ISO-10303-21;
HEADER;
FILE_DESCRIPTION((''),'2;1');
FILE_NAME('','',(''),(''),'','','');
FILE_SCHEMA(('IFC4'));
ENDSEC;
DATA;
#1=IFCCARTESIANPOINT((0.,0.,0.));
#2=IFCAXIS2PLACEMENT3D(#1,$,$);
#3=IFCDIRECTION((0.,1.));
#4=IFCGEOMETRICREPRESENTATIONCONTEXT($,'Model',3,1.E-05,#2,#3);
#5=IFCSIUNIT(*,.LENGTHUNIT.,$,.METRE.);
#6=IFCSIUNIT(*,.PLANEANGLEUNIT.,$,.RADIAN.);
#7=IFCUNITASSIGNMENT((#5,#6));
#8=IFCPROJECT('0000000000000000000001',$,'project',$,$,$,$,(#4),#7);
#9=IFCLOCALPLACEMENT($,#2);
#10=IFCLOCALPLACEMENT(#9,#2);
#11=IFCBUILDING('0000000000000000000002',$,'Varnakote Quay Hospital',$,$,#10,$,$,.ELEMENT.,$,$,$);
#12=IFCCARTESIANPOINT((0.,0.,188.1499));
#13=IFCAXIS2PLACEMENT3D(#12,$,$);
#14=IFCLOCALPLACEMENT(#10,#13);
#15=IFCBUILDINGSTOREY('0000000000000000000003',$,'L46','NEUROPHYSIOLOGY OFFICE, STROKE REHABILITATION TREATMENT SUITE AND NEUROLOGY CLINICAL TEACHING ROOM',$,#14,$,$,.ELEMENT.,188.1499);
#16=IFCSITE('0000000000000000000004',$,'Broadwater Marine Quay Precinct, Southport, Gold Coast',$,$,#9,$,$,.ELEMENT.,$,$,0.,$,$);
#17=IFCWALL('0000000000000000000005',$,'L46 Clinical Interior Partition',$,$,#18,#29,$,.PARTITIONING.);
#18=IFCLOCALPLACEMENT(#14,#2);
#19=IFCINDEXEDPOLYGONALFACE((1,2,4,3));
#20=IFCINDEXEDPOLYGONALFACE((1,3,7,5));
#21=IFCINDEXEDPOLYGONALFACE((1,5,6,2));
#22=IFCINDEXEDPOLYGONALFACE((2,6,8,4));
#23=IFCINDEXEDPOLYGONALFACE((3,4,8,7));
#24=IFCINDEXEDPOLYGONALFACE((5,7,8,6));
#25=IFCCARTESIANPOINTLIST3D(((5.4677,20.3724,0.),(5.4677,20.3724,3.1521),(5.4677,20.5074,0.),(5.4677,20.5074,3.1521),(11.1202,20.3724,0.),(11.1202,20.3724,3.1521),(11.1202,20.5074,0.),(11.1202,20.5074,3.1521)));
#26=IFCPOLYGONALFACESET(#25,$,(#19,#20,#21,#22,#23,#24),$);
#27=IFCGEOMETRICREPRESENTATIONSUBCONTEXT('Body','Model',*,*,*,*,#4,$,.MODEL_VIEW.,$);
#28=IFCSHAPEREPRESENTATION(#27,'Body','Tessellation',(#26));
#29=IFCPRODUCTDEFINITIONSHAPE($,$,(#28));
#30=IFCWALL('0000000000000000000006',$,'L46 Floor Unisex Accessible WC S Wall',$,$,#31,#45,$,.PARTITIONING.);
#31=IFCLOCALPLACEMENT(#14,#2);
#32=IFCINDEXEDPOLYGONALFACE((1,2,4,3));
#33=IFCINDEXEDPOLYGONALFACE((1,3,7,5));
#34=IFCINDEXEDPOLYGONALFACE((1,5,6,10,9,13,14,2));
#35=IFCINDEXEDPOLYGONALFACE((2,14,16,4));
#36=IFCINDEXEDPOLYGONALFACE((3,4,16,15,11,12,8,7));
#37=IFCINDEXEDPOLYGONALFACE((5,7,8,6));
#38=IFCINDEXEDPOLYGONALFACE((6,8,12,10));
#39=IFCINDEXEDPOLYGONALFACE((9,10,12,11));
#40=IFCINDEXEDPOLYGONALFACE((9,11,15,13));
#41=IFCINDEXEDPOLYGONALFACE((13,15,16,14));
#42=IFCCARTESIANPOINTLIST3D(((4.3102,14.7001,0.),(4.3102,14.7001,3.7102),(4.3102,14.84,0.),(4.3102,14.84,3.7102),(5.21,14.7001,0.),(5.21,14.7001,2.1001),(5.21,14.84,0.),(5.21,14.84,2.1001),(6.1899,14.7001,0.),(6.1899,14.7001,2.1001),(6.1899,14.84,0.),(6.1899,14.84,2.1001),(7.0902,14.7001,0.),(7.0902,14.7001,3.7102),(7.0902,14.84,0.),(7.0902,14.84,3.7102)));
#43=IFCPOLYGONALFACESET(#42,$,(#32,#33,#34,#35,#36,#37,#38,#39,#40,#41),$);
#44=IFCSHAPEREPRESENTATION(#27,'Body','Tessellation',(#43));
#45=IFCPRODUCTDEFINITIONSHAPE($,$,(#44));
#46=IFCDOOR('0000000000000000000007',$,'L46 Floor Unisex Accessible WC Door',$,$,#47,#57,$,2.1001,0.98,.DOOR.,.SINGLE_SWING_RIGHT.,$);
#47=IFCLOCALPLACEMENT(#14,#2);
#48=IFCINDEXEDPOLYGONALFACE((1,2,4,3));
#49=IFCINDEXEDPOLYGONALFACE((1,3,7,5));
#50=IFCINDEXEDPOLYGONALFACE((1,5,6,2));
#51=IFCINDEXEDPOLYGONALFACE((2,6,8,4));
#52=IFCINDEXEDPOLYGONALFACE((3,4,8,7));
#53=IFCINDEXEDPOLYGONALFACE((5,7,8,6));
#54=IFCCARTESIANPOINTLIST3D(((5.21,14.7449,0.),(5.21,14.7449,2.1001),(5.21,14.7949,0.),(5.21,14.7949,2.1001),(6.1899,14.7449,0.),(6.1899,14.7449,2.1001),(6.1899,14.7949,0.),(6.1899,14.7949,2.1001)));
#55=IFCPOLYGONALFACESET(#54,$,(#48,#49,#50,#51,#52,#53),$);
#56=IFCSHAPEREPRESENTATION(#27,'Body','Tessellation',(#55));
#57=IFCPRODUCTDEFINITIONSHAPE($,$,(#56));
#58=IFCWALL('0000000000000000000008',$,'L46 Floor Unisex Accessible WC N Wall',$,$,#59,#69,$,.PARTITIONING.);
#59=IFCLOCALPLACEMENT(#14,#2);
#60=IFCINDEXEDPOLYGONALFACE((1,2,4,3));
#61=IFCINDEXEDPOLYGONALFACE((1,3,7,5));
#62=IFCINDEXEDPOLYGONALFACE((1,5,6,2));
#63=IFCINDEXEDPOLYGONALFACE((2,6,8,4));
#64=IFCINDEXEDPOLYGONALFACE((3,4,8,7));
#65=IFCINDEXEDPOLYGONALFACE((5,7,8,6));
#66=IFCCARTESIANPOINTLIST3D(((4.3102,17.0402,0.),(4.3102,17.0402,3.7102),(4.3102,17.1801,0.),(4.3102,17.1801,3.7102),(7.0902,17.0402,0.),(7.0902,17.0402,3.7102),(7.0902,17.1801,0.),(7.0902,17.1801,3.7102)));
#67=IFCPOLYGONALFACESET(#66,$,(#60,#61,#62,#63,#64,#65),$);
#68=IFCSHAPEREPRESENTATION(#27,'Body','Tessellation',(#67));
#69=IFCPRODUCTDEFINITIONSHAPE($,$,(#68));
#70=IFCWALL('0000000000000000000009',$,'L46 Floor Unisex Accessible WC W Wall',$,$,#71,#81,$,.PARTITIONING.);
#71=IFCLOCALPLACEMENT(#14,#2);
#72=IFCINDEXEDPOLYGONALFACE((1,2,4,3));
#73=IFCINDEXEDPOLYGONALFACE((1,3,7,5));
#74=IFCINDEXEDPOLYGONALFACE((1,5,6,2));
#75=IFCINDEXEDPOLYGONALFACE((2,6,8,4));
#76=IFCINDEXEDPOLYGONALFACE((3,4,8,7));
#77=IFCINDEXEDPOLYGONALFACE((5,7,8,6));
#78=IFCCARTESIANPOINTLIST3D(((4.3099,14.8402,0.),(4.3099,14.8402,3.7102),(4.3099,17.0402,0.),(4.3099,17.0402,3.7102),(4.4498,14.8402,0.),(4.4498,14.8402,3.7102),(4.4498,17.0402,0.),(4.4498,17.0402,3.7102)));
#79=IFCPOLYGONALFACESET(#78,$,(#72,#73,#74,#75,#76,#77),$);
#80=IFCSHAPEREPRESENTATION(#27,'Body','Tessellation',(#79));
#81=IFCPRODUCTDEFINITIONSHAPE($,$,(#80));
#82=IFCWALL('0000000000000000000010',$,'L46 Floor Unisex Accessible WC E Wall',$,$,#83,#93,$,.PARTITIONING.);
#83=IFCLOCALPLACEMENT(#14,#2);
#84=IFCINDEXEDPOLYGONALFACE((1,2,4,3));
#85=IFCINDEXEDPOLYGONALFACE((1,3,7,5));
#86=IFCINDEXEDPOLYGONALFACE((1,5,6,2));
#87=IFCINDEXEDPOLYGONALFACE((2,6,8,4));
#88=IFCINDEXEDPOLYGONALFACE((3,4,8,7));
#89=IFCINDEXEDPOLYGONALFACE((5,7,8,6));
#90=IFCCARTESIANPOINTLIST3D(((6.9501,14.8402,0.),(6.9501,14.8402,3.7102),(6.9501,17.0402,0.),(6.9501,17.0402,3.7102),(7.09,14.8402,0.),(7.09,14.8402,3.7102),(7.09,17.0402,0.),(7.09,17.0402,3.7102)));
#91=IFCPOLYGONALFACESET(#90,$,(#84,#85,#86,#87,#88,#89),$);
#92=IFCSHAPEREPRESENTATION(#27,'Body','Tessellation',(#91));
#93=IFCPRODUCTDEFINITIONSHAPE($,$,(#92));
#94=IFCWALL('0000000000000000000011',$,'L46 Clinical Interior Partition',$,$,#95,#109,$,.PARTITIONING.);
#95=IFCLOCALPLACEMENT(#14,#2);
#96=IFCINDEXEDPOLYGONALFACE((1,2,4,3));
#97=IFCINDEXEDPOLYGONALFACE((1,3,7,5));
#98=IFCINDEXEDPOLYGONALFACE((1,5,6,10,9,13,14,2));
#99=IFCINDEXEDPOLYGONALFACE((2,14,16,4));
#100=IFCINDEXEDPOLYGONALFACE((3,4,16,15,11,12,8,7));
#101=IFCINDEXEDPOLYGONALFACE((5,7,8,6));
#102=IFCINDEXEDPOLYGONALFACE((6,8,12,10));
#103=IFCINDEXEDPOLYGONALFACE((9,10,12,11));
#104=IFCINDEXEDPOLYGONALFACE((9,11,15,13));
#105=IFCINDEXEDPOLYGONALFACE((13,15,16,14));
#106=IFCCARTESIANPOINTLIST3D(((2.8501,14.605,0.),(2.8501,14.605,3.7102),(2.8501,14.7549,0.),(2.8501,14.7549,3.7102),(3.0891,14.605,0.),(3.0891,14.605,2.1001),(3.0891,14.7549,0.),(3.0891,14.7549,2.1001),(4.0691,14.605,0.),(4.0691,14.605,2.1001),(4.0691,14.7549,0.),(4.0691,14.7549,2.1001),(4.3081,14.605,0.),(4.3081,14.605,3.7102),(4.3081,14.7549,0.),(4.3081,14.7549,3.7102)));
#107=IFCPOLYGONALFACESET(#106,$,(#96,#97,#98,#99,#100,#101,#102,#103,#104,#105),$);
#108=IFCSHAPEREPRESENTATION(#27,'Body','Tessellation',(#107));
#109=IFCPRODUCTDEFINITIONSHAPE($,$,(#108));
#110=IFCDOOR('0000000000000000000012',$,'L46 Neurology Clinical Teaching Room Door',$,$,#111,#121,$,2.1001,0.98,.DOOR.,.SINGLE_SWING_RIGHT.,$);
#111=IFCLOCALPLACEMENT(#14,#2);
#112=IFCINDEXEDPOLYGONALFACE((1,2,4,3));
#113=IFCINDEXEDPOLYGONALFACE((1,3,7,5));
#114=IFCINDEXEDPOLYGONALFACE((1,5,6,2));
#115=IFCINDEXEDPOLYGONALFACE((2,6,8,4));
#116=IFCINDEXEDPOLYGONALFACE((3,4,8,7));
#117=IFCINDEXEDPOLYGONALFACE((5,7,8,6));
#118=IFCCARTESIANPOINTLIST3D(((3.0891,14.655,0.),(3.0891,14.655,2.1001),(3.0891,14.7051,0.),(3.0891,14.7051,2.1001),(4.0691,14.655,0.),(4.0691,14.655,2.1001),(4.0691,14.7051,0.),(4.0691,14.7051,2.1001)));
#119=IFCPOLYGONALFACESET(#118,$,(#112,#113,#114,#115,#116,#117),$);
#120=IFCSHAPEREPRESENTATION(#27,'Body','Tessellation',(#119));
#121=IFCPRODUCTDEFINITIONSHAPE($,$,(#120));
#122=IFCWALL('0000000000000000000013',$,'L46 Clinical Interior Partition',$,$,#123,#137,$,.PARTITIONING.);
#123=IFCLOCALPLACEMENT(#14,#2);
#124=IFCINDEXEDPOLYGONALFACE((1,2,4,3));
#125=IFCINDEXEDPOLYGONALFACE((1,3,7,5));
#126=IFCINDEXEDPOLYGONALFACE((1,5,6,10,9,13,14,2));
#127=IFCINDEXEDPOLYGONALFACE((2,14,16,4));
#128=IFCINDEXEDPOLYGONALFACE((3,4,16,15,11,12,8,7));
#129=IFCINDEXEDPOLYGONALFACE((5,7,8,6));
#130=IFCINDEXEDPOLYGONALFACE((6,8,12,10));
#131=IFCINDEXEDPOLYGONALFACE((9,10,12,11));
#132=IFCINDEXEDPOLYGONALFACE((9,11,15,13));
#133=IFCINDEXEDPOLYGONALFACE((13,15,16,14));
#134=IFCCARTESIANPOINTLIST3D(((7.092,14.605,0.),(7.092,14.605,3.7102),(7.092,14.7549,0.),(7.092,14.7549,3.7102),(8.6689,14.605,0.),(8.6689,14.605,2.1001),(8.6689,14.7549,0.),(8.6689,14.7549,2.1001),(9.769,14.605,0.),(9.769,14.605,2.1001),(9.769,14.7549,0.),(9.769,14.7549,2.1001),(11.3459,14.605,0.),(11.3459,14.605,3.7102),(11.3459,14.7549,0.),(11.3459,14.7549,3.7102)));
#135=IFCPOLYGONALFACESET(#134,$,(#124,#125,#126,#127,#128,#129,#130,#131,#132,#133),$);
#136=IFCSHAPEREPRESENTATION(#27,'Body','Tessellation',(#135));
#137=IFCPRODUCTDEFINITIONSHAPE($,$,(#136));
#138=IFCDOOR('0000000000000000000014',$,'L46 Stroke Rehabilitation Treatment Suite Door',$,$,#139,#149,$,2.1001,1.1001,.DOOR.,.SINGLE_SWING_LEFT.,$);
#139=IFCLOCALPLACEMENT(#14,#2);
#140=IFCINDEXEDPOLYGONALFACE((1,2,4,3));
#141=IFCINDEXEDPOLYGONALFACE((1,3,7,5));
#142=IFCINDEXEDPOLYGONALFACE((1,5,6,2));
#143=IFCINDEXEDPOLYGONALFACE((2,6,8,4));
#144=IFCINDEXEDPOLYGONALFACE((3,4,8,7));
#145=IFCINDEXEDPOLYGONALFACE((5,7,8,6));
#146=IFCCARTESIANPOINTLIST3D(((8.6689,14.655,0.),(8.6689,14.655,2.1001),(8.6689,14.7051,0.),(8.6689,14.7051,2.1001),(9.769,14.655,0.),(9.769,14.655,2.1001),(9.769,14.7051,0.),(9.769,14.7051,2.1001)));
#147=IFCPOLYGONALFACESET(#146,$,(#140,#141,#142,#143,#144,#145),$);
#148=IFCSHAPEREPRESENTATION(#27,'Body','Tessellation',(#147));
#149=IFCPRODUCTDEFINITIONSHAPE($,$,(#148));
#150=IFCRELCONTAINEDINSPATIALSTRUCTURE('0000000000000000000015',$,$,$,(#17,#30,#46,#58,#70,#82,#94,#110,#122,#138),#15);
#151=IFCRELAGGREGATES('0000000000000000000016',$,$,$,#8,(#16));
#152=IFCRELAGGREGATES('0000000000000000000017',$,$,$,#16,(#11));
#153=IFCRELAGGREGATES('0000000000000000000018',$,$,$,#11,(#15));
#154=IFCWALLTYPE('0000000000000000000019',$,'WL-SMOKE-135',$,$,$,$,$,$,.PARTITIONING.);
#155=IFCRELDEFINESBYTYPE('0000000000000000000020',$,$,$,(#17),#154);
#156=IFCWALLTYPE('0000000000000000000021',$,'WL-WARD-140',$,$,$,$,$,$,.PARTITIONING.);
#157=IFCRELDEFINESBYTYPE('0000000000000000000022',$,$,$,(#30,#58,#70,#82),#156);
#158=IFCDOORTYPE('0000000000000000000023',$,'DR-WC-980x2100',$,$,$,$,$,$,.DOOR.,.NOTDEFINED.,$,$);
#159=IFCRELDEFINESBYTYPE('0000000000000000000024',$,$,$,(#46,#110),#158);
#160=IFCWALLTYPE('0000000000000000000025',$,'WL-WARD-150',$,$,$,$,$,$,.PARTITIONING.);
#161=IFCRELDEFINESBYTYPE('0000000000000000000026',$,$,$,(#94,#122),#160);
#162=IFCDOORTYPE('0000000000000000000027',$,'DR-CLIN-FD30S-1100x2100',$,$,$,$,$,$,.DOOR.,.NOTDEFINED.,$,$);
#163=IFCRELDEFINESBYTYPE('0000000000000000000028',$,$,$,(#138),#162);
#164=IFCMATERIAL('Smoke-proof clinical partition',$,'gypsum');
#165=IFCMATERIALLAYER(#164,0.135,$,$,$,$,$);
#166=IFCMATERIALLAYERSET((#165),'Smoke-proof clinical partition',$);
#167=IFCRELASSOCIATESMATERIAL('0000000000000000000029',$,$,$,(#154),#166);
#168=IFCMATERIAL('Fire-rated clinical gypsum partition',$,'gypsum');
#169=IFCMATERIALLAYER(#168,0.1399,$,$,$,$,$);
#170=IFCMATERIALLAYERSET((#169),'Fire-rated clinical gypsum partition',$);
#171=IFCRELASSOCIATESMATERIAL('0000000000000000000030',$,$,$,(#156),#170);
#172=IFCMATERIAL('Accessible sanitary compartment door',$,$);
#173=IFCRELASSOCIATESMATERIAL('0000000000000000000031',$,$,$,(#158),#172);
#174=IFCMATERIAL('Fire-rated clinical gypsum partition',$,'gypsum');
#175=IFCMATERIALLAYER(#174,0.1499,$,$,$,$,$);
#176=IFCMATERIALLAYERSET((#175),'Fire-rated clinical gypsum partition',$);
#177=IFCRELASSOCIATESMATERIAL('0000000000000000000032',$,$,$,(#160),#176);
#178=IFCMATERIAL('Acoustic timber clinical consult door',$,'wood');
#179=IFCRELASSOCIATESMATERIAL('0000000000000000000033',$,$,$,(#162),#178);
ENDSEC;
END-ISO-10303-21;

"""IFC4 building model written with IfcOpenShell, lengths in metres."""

from ifc_helpers import new_model, si_unit, direction, frame, frame_2d, origin, place, context, subcontext, project, spatial, rectangle, extrude, material, layer, layer_set, type_object, element, fill, save


model = new_model("IFC4")

# Units and contexts
model_context = context("Model", 3, precision=1e-05, world=origin(), true_north=direction((0.0, 1.0)))
body_context = subcontext(model_context, "Body", "Model", "MODEL_VIEW")
ifc_project = project(units=[si_unit("LENGTHUNIT", "METRE"), si_unit("PLANEANGLEUNIT", "RADIAN")], contexts=[model_context])

# Site, building, storey
site_placement = place(None, origin())
site = spatial("IfcSite", under=ifc_project, at=site_placement, Name="Broadwater Marine Quay Precinct, Southport, Gold Coast", CompositionType="ELEMENT", RefElevation=0.0)
building_placement = place(site_placement, origin())
building = spatial("IfcBuilding", under=site, at=building_placement, Name="Varnakote Quay Hospital", CompositionType="ELEMENT")
storey_placement = place(building_placement, frame((0.0, 0.0, 188.1499)))
storey = spatial("IfcBuildingStorey", under=building, at=storey_placement, Name="L46", Description="NEUROPHYSIOLOGY OFFICE, STROKE REHABILITATION TREATMENT SUITE AND NEUROLOGY CLINICAL TEACHING ROOM", CompositionType="ELEMENT", Elevation=188.1499)

# Wall
ifc_material_1 = material(Name="Smoke-proof clinical partition", Category="gypsum")
ifc_layer_1 = layer(ifc_material_1, 0.135)
ifc_layer_set_1 = layer_set([ifc_layer_1], Name="Smoke-proof clinical partition")
wall_type_1 = type_object("IfcWallType", Name="WL-SMOKE-135", PredefinedType="PARTITIONING", material=ifc_layer_set_1)
wall_1_placement = place(storey_placement, frame((11.1201, 20.4399, 0.0), z_axis=(0.0, 0.0, 1.0), x_axis=(-1.0, 0.0, 0.0)))
element("IfcWall", 1, at=wall_1_placement, inside=storey, type_object=wall_type_1, Name="L46 Clinical Interior Partition", PredefinedType="PARTITIONING", context=body_context, shape_type="SweptSolid", body=[
    extrude(rectangle(XDim=5.6526, YDim=0.135, at=frame_2d((2.8262, 0.0))), origin(), (0.0, 0.0, 1.0), 3.1521),
])

# Wall, opening, door
ifc_material_2 = material(Name="Fire-rated clinical gypsum partition", Category="gypsum")
ifc_layer_2 = layer(ifc_material_2, 0.1399)
ifc_layer_set_2 = layer_set([ifc_layer_2], Name="Fire-rated clinical gypsum partition")
wall_type_2 = type_object("IfcWallType", Name="WL-WARD-140", PredefinedType="PARTITIONING", material=ifc_layer_set_2)
wall_2_placement = place(storey_placement, frame((4.3101, 14.77, 0.0), z_axis=(0.0, 0.0, 1.0), x_axis=(1.0, 0.0, 0.0)))
wall_2 = element("IfcWall", 2, at=wall_2_placement, inside=storey, type_object=wall_type_2, Name="L46 Floor Unisex Accessible WC S Wall", PredefinedType="PARTITIONING", context=body_context, shape_type="SweptSolid", body=[
    extrude(rectangle(XDim=2.78, YDim=0.1399, at=frame_2d((1.3901, 0.0))), origin(), (0.0, 0.0, 1.0), 3.7102),
])
opening_1_placement = place(wall_2_placement, frame((0.8999, 0.0, 0.0)))
opening_1 = element("IfcOpeningElement", 3, at=opening_1_placement, cuts=wall_2, PredefinedType="OPENING", context=body_context, shape_type="SweptSolid", body=[
    extrude(rectangle(XDim=0.98, YDim=2.1001, at=frame_2d((0.49, 1.05))), frame((0.0, 0.0798, 0.0), z_axis=(0.0, -1.0, 0.0), x_axis=(1.0, 0.0, 0.0)), (0.0, 0.0, 1.0), 0.1599),
])
ifc_material_3 = material(Name="Accessible sanitary compartment door")
door_type_1 = type_object("IfcDoorType", Name="DR-WC-980x2100", OperationType="NOTDEFINED", PredefinedType="DOOR", material=ifc_material_3)
door_1_placement = place(opening_1_placement, origin())
door_1 = element("IfcDoor", 4, at=door_1_placement, inside=storey, type_object=door_type_1, Name="L46 Floor Unisex Accessible WC Door", OperationType="SINGLE_SWING_RIGHT", OverallHeight=2.1001, OverallWidth=0.98, PredefinedType="DOOR", context=body_context, shape_type="SweptSolid", body=[
    extrude(rectangle(XDim=0.98, YDim=2.1001, at=frame_2d((0.49, 1.05))), frame((0.0, 0.0249, 0.0), z_axis=(0.0, -1.0, 0.0), x_axis=(1.0, 0.0, 0.0)), (0.0, 0.0, 1.0), 0.05),
])
fill(opening_1, door_1)

# Walls
wall_3_placement = place(storey_placement, frame((4.3101, 17.1101, 0.0), z_axis=(0.0, 0.0, 1.0), x_axis=(1.0, 0.0, 0.0)))
element("IfcWall", 5, at=wall_3_placement, inside=storey, type_object=wall_type_2, Name="L46 Floor Unisex Accessible WC N Wall", PredefinedType="PARTITIONING", context=body_context, shape_type="SweptSolid", body=[
    extrude(rectangle(XDim=2.78, YDim=0.1399, at=frame_2d((1.3901, 0.0))), origin(), (0.0, 0.0, 1.0), 3.7102),
])
for number, where, z_axis, x_axis, name in (
    (6, (4.3799, 14.8401, 0.0), (0.0, 0.0, 1.0), (0.0, 1.0, 0.0), "L46 Floor Unisex Accessible WC W Wall"),
    (7, (7.02, 14.8401, 0.0), (0.0, 0.0, 1.0), (0.0, 1.0, 0.0), "L46 Floor Unisex Accessible WC E Wall"),
):
    element("IfcWall", number, at=place(storey_placement, frame(where, z_axis=z_axis, x_axis=x_axis)), inside=storey, type_object=wall_type_2, Name=name, PredefinedType="PARTITIONING", context=body_context, shape_type="SweptSolid", body=[
        extrude(rectangle(XDim=2.2, YDim=0.1399, at=frame_2d((1.1001, 0.0))), origin(), (0.0, 0.0, 1.0), 3.7102),
    ])

# Walls, openings, doors
ifc_material_4 = material(Name="Fire-rated clinical gypsum partition", Category="gypsum")
ifc_layer_3 = layer(ifc_material_4, 0.1499)
ifc_layer_set_3 = layer_set([ifc_layer_3], Name="Fire-rated clinical gypsum partition")
wall_type_3 = type_object("IfcWallType", Name="WL-WARD-150", PredefinedType="PARTITIONING", material=ifc_layer_set_3)
wall_4_placement = place(storey_placement, frame((4.3081, 14.6799, 0.0), z_axis=(0.0, 0.0, 1.0), x_axis=(-1.0, 0.0, 0.0)))
wall_4 = element("IfcWall", 8, at=wall_4_placement, inside=storey, type_object=wall_type_3, Name="L46 Clinical Interior Partition", PredefinedType="PARTITIONING", context=body_context, shape_type="SweptSolid", body=[
    extrude(rectangle(XDim=1.458, YDim=0.1499, at=frame_2d((0.729, 0.0))), origin(), (0.0, 0.0, 1.0), 3.7102),
])
opening_2_placement = place(wall_4_placement, frame((0.239, 0.0, 0.0)))
opening_2 = element("IfcOpeningElement", 9, at=opening_2_placement, cuts=wall_4, PredefinedType="OPENING", context=body_context, shape_type="SweptSolid", body=[
    extrude(rectangle(XDim=0.98, YDim=2.1001, at=frame_2d((0.49, 1.05))), frame((0.0, 0.085, 0.0), z_axis=(0.0, -1.0, 0.0), x_axis=(1.0, 0.0, 0.0)), (0.0, 0.0, 1.0), 0.1699),
])
door_2_placement = place(opening_2_placement, origin())
door_2 = element("IfcDoor", 10, at=door_2_placement, inside=storey, type_object=door_type_1, Name="L46 Neurology Clinical Teaching Room Door", OperationType="SINGLE_SWING_RIGHT", OverallHeight=2.1001, OverallWidth=0.98, PredefinedType="DOOR", context=body_context, shape_type="SweptSolid", body=[
    extrude(rectangle(XDim=0.98, YDim=2.1001, at=frame_2d((0.49, 1.05))), frame((0.0, 0.0249, 0.0), z_axis=(0.0, -1.0, 0.0), x_axis=(1.0, 0.0, 0.0)), (0.0, 0.0, 1.0), 0.05),
])
fill(opening_2, door_2)
wall_5_placement = place(storey_placement, frame((11.3459, 14.6799, 0.0), z_axis=(0.0, 0.0, 1.0), x_axis=(-1.0, 0.0, 0.0)))
wall_5 = element("IfcWall", 11, at=wall_5_placement, inside=storey, type_object=wall_type_3, Name="L46 Clinical Interior Partition", PredefinedType="PARTITIONING", context=body_context, shape_type="SweptSolid", body=[
    extrude(rectangle(XDim=4.2539, YDim=0.1499, at=frame_2d((2.127, 0.0))), origin(), (0.0, 0.0, 1.0), 3.7102),
])
opening_3_placement = place(wall_5_placement, frame((1.5769, 0.0, 0.0)))
opening_3 = element("IfcOpeningElement", 12, at=opening_3_placement, cuts=wall_5, PredefinedType="OPENING", context=body_context, shape_type="SweptSolid", body=[
    extrude(rectangle(XDim=1.1001, YDim=2.1001, at=frame_2d((0.55, 1.05))), frame((0.0, 0.085, 0.0), z_axis=(0.0, -1.0, 0.0), x_axis=(1.0, 0.0, 0.0)), (0.0, 0.0, 1.0), 0.1699),
])
ifc_material_5 = material(Name="Acoustic timber clinical consult door", Category="wood")
door_type_2 = type_object("IfcDoorType", Name="DR-CLIN-FD30S-1100x2100", OperationType="NOTDEFINED", PredefinedType="DOOR", material=ifc_material_5)
door_3_placement = place(opening_3_placement, origin())
door_3 = element("IfcDoor", 13, at=door_3_placement, inside=storey, type_object=door_type_2, Name="L46 Stroke Rehabilitation Treatment Suite Door", OperationType="SINGLE_SWING_LEFT", OverallHeight=2.1001, OverallWidth=1.1001, PredefinedType="DOOR", context=body_context, shape_type="SweptSolid", body=[
    extrude(rectangle(XDim=1.1001, YDim=2.1001, at=frame_2d((0.55, 1.05))), frame((0.0, 0.0249, 0.0), z_axis=(0.0, -1.0, 0.0), x_axis=(1.0, 0.0, 0.0)), (0.0, 0.0, 1.0), 0.05),
])
fill(opening_3, door_3)

save(model, "model.ifc")
